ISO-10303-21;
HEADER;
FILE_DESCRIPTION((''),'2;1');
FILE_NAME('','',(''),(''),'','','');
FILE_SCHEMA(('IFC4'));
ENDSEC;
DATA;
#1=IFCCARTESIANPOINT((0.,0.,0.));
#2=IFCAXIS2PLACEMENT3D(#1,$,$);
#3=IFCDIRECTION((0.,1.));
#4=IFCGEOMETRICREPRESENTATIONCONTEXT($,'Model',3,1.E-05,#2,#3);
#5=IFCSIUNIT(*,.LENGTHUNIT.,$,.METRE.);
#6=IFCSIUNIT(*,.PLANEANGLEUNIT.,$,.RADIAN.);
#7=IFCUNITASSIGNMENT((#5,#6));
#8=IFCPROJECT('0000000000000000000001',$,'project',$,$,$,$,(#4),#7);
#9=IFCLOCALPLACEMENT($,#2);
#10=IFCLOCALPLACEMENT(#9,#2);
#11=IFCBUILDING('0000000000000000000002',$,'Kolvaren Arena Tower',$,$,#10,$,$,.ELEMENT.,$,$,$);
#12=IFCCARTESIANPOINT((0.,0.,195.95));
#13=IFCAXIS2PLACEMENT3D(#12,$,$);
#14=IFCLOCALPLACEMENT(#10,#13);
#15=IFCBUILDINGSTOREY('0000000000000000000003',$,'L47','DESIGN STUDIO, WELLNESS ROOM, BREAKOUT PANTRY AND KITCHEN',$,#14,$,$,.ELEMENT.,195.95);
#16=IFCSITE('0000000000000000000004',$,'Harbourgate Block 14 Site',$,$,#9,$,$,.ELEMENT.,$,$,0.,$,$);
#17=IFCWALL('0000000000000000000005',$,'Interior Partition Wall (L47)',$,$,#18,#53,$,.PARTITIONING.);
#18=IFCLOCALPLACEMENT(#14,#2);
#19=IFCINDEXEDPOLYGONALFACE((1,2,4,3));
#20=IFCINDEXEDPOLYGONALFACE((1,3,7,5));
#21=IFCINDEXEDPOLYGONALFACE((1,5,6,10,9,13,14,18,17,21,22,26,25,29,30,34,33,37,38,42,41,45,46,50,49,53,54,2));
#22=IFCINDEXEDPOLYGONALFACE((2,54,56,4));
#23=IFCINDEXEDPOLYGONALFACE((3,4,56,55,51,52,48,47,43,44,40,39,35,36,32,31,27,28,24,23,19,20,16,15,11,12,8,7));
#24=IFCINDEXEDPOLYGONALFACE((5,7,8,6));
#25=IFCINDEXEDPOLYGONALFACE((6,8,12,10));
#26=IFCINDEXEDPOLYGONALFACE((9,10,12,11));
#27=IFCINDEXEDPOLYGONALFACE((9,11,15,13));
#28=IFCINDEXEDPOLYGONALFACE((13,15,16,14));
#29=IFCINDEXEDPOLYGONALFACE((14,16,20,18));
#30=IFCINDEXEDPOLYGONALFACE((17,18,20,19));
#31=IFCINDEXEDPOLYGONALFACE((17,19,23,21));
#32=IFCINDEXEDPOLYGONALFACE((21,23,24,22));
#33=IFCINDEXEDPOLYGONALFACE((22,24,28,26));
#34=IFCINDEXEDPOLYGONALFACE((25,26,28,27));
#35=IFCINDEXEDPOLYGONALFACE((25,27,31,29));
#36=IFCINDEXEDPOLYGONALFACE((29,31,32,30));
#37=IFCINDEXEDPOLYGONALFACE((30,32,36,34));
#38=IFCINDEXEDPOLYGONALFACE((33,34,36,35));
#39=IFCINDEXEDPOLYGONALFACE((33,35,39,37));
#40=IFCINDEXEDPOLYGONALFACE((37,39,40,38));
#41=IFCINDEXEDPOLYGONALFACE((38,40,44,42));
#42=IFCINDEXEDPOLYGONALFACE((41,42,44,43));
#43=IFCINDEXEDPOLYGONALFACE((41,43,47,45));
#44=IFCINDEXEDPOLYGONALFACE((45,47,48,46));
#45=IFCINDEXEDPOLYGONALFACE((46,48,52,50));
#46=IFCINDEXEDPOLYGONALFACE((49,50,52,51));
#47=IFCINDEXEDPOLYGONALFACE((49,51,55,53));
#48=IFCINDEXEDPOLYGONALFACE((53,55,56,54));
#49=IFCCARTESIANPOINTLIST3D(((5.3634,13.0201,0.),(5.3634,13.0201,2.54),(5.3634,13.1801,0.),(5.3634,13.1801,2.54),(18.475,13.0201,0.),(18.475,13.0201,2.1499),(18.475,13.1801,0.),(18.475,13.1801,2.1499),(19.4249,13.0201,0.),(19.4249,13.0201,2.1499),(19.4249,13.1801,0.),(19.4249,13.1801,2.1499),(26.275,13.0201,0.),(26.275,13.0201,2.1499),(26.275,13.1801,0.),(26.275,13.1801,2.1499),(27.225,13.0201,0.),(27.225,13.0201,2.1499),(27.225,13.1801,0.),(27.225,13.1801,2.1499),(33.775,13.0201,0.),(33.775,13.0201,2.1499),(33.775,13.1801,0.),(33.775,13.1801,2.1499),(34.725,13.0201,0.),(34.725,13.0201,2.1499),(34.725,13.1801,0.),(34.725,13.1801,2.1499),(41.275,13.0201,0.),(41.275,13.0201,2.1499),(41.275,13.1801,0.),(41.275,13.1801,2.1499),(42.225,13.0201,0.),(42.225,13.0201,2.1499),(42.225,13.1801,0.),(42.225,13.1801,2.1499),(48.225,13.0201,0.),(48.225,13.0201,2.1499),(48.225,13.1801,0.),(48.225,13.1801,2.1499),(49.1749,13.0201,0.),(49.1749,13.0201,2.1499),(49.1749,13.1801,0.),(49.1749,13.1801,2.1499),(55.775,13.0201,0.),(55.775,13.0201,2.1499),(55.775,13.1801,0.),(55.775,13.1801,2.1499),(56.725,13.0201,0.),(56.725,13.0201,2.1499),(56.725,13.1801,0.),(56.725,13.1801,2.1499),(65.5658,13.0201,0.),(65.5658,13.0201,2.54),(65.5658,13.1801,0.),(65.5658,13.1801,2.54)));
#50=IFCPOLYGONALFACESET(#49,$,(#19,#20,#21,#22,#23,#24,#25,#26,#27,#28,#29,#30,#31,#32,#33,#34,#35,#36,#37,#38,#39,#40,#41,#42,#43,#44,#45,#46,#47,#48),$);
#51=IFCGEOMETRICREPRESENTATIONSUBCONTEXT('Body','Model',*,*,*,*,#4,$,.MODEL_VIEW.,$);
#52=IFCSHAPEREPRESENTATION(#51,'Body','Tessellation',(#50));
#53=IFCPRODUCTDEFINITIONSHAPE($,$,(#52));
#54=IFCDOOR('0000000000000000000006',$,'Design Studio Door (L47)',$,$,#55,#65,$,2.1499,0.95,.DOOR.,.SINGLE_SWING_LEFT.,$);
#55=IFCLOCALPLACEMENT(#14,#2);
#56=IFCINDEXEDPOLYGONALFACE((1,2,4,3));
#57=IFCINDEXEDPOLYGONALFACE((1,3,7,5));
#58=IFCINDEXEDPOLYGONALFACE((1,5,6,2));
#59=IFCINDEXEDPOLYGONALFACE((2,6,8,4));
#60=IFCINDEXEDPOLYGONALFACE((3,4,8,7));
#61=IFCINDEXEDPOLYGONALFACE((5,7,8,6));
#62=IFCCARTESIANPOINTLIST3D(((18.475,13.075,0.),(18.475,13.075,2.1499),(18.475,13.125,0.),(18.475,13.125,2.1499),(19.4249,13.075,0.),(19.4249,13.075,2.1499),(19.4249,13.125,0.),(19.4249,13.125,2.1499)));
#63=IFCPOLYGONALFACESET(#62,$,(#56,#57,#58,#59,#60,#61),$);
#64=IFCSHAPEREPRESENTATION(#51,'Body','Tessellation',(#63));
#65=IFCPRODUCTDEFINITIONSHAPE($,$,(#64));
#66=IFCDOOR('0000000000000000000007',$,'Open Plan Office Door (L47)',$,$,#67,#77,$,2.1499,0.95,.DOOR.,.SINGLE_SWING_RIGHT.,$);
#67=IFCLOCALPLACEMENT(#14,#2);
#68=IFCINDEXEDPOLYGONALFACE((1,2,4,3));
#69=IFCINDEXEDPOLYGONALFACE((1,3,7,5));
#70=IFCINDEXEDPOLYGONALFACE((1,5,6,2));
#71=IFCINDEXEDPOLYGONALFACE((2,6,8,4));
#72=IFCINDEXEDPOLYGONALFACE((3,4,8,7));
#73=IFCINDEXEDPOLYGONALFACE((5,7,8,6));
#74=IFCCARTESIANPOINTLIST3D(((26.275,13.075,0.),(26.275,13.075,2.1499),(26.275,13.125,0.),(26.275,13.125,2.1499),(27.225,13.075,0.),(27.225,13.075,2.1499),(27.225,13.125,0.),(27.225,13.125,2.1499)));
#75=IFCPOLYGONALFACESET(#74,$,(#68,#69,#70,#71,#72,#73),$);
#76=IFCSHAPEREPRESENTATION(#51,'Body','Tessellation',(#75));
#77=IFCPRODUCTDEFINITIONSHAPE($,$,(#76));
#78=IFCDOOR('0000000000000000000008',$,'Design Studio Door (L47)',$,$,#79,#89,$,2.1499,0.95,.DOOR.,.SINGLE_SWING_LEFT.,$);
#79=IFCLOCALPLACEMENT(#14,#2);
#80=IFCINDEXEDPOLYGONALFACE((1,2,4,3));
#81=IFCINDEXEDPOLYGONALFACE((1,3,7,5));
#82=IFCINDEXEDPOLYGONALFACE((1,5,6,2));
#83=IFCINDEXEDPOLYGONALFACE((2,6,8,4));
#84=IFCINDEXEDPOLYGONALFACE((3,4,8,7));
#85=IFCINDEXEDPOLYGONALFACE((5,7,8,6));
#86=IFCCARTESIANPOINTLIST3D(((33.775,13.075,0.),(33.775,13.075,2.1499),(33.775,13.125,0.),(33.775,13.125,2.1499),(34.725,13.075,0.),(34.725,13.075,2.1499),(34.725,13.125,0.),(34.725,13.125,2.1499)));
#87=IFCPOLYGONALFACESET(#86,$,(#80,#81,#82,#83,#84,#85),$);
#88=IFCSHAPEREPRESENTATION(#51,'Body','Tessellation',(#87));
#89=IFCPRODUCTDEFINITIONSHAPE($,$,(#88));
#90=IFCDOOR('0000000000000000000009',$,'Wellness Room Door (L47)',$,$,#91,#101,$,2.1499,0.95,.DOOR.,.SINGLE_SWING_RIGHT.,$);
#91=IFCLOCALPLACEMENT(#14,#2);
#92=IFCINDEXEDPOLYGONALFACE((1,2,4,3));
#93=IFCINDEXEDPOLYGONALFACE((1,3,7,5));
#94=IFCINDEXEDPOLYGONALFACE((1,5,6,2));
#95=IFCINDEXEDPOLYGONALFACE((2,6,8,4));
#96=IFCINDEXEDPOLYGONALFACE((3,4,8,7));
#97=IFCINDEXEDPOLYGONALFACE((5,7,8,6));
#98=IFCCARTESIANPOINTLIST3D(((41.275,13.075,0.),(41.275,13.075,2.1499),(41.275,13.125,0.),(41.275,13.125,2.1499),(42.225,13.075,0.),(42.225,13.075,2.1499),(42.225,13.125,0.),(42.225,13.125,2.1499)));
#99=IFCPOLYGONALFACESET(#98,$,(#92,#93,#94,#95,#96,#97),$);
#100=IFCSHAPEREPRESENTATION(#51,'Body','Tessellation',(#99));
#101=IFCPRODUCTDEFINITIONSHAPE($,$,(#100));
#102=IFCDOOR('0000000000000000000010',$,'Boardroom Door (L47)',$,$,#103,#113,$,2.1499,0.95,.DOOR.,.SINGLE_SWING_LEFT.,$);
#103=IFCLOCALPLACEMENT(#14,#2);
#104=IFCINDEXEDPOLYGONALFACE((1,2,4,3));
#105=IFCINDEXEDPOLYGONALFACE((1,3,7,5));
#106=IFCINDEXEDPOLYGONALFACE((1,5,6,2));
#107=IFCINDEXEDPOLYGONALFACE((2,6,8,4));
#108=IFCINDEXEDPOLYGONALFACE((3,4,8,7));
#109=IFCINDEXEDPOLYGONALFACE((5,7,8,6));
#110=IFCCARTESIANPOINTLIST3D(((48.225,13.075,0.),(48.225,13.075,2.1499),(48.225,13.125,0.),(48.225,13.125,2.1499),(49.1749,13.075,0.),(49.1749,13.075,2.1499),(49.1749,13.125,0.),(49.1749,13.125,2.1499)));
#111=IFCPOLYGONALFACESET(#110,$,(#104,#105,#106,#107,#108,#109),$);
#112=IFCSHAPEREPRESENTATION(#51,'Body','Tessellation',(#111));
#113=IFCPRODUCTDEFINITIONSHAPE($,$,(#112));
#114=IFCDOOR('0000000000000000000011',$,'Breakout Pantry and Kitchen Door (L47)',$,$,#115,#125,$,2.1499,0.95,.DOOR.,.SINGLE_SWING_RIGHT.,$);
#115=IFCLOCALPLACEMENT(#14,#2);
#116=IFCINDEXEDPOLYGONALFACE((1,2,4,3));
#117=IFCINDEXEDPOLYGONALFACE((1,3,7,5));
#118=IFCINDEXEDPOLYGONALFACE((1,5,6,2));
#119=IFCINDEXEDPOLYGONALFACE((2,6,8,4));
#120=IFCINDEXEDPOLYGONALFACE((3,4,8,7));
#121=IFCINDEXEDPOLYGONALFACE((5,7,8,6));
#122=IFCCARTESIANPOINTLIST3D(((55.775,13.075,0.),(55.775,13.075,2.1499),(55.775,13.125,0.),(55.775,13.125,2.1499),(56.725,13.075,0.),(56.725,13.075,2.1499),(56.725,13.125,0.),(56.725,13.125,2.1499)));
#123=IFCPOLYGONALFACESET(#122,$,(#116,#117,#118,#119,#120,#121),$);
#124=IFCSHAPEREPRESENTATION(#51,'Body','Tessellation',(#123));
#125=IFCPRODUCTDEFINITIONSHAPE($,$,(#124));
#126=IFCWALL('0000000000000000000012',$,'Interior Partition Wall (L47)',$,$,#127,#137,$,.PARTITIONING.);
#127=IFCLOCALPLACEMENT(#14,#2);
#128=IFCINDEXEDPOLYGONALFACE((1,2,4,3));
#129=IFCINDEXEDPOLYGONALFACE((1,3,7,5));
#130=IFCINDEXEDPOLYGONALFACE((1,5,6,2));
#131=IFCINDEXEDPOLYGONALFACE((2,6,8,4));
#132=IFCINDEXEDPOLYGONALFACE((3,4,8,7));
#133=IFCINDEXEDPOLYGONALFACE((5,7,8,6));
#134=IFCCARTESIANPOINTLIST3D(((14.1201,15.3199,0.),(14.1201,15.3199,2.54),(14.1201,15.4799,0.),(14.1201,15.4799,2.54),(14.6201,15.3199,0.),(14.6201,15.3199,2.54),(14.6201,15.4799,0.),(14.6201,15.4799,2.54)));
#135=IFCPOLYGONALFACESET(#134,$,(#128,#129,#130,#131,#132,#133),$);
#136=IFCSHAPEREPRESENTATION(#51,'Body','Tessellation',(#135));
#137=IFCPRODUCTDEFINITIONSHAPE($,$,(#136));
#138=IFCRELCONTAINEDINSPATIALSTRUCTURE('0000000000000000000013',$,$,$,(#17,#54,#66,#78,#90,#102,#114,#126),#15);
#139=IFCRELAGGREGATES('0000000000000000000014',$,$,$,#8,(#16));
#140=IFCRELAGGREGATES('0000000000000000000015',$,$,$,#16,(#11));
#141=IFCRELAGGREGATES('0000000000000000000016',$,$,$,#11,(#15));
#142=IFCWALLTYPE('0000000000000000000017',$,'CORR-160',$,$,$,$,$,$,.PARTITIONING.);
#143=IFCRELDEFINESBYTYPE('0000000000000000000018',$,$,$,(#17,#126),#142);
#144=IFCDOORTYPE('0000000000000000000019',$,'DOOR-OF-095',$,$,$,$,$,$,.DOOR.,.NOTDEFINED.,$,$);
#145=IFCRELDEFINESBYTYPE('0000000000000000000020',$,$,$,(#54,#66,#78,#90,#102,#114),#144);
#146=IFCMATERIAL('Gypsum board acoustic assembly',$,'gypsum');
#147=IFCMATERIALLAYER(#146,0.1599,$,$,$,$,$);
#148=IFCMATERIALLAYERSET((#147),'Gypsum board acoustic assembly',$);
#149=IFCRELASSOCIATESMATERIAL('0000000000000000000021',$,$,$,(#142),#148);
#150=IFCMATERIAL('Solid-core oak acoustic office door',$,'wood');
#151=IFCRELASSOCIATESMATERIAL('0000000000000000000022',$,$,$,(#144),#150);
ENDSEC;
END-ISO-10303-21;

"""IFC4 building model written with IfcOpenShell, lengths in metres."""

from ifc_helpers import new_model, si_unit, direction, frame, frame_2d, origin, place, context, subcontext, project, spatial, rectangle, extrude, material, layer, layer_set, type_object, element, fill, save


model = new_model("IFC4")

# Units and contexts
model_context = context("Model", 3, precision=1e-05, world=origin(), true_north=direction((0.0, 1.0)))
body_context = subcontext(model_context, "Body", "Model", "MODEL_VIEW")
ifc_project = project(units=[si_unit("LENGTHUNIT", "METRE"), si_unit("PLANEANGLEUNIT", "RADIAN")], contexts=[model_context])

# Site, building, storey
site_placement = place(None, origin())
site = spatial("IfcSite", under=ifc_project, at=site_placement, Name="Harbourgate Block 14 Site", CompositionType="ELEMENT", RefElevation=0.0)
building_placement = place(site_placement, origin())
building = spatial("IfcBuilding", under=site, at=building_placement, Name="Kolvaren Arena Tower", CompositionType="ELEMENT")
storey_placement = place(building_placement, frame((0.0, 0.0, 195.95)))
storey = spatial("IfcBuildingStorey", under=building, at=storey_placement, Name="L47", Description="DESIGN STUDIO, WELLNESS ROOM, BREAKOUT PANTRY AND KITCHEN", CompositionType="ELEMENT", Elevation=195.95)

# Wall, openings, doors
ifc_material_1 = material(Name="Gypsum board acoustic assembly", Category="gypsum")
ifc_layer_1 = layer(ifc_material_1, 0.1599)
ifc_layer_set_1 = layer_set([ifc_layer_1], Name="Gypsum board acoustic assembly")
wall_type_1 = type_object("IfcWallType", Name="CORR-160", PredefinedType="PARTITIONING", material=ifc_layer_set_1)
wall_1_placement = place(storey_placement, frame((5.3635, 13.1001, 0.0), z_axis=(0.0, 0.0, 1.0), x_axis=(1.0, 0.0, 0.0)))
wall_1 = element("IfcWall", 1, at=wall_1_placement, inside=storey, type_object=wall_type_1, Name="Interior Partition Wall (L47)", PredefinedType="PARTITIONING", context=body_context, shape_type="SweptSolid", body=[
    extrude(rectangle(XDim=60.2024, YDim=0.1599, at=frame_2d((30.1011, 0.0))), origin(), (0.0, 0.0, 1.0), 2.54),
])
opening_1_placement = place(wall_1_placement, frame((13.1113, 0.0, 0.0)))
opening_1 = element("IfcOpeningElement", 2, at=opening_1_placement, cuts=wall_1, PredefinedType="OPENING", context=body_context, shape_type="SweptSolid", body=[
    extrude(rectangle(XDim=0.95, YDim=2.1499, at=frame_2d((0.4751, 1.075))), frame((0.0, 0.0898, 0.0), z_axis=(0.0, -1.0, 0.0), x_axis=(1.0, 0.0, 0.0)), (0.0, 0.0, 1.0), 0.1799),
])
opening_2_placement = place(wall_1_placement, frame((20.9114, 0.0, 0.0)))
opening_2 = element("IfcOpeningElement", 3, at=opening_2_placement, cuts=wall_1, PredefinedType="OPENING", context=body_context, shape_type="SweptSolid", body=[
    extrude(rectangle(XDim=0.95, YDim=2.1499, at=frame_2d((0.4751, 1.075))), frame((0.0, 0.0898, 0.0), z_axis=(0.0, -1.0, 0.0), x_axis=(1.0, 0.0, 0.0)), (0.0, 0.0, 1.0), 0.1799),
])
opening_3_placement = place(wall_1_placement, frame((28.4114, 0.0, 0.0)))
opening_3 = element("IfcOpeningElement", 4, at=opening_3_placement, cuts=wall_1, PredefinedType="OPENING", context=body_context, shape_type="SweptSolid", body=[
    extrude(rectangle(XDim=0.95, YDim=2.1499, at=frame_2d((0.4751, 1.075))), frame((0.0, 0.0898, 0.0), z_axis=(0.0, -1.0, 0.0), x_axis=(1.0, 0.0, 0.0)), (0.0, 0.0, 1.0), 0.1799),
])
opening_4_placement = place(wall_1_placement, frame((35.9114, 0.0, 0.0)))
opening_4 = element("IfcOpeningElement", 5, at=opening_4_placement, cuts=wall_1, PredefinedType="OPENING", context=body_context, shape_type="SweptSolid", body=[
    extrude(rectangle(XDim=0.95, YDim=2.1499, at=frame_2d((0.4751, 1.075))), frame((0.0, 0.0898, 0.0), z_axis=(0.0, -1.0, 0.0), x_axis=(1.0, 0.0, 0.0)), (0.0, 0.0, 1.0), 0.1799),
])
opening_5_placement = place(wall_1_placement, frame((42.8613, 0.0, 0.0)))
opening_5 = element("IfcOpeningElement", 6, at=opening_5_placement, cuts=wall_1, PredefinedType="OPENING", context=body_context, shape_type="SweptSolid", body=[
    extrude(rectangle(XDim=0.95, YDim=2.1499, at=frame_2d((0.4751, 1.075))), frame((0.0, 0.0898, 0.0), z_axis=(0.0, -1.0, 0.0), x_axis=(1.0, 0.0, 0.0)), (0.0, 0.0, 1.0), 0.1799),
])
opening_6_placement = place(wall_1_placement, frame((50.4114, 0.0, 0.0)))
opening_6 = element("IfcOpeningElement", 7, at=opening_6_placement, cuts=wall_1, PredefinedType="OPENING", context=body_context, shape_type="SweptSolid", body=[
    extrude(rectangle(XDim=0.95, YDim=2.1499, at=frame_2d((0.4751, 1.075))), frame((0.0, 0.0898, 0.0), z_axis=(0.0, -1.0, 0.0), x_axis=(1.0, 0.0, 0.0)), (0.0, 0.0, 1.0), 0.1799),
])
ifc_material_2 = material(Name="Solid-core oak acoustic office door", Category="wood")
door_type = type_object("IfcDoorType", Name="DOOR-OF-095", OperationType="NOTDEFINED", PredefinedType="DOOR", material=ifc_material_2)
door_1_placement = place(opening_1_placement, origin())
door_1 = element("IfcDoor", 8, at=door_1_placement, inside=storey, type_object=door_type, Name="Design Studio Door (L47)", OperationType="SINGLE_SWING_LEFT", OverallHeight=2.1499, OverallWidth=0.95, PredefinedType="DOOR", context=body_context, shape_type="SweptSolid", body=[
    extrude(rectangle(XDim=0.95, YDim=2.1499, at=frame_2d((0.4751, 1.075))), frame((0.0, 0.0249, 0.0), z_axis=(0.0, -1.0, 0.0), x_axis=(1.0, 0.0, 0.0)), (0.0, 0.0, 1.0), 0.05),
])
fill(opening_1, door_1)
door_2_placement = place(opening_2_placement, origin())
door_2 = element("IfcDoor", 9, at=door_2_placement, inside=storey, type_object=door_type, Name="Open Plan Office Door (L47)", OperationType="SINGLE_SWING_RIGHT", OverallHeight=2.1499, OverallWidth=0.95, PredefinedType="DOOR", context=body_context, shape_type="SweptSolid", body=[
    extrude(rectangle(XDim=0.95, YDim=2.1499, at=frame_2d((0.4751, 1.075))), frame((0.0, 0.0249, 0.0), z_axis=(0.0, -1.0, 0.0), x_axis=(1.0, 0.0, 0.0)), (0.0, 0.0, 1.0), 0.05),
])
fill(opening_2, door_2)
door_3_placement = place(opening_3_placement, origin())
door_3 = element("IfcDoor", 10, at=door_3_placement, inside=storey, type_object=door_type, Name="Design Studio Door (L47)", OperationType="SINGLE_SWING_LEFT", OverallHeight=2.1499, OverallWidth=0.95, PredefinedType="DOOR", context=body_context, shape_type="SweptSolid", body=[
    extrude(rectangle(XDim=0.95, YDim=2.1499, at=frame_2d((0.4751, 1.075))), frame((0.0, 0.0249, 0.0), z_axis=(0.0, -1.0, 0.0), x_axis=(1.0, 0.0, 0.0)), (0.0, 0.0, 1.0), 0.05),
])
fill(opening_3, door_3)
door_4_placement = place(opening_4_placement, origin())
door_4 = element("IfcDoor", 11, at=door_4_placement, inside=storey, type_object=door_type, Name="Wellness Room Door (L47)", OperationType="SINGLE_SWING_RIGHT", OverallHeight=2.1499, OverallWidth=0.95, PredefinedType="DOOR", context=body_context, shape_type="SweptSolid", body=[
    extrude(rectangle(XDim=0.95, YDim=2.1499, at=frame_2d((0.4751, 1.075))), frame((0.0, 0.0249, 0.0), z_axis=(0.0, -1.0, 0.0), x_axis=(1.0, 0.0, 0.0)), (0.0, 0.0, 1.0), 0.05),
])
fill(opening_4, door_4)
door_5_placement = place(opening_5_placement, origin())
door_5 = element("IfcDoor", 12, at=door_5_placement, inside=storey, type_object=door_type, Name="Boardroom Door (L47)", OperationType="SINGLE_SWING_LEFT", OverallHeight=2.1499, OverallWidth=0.95, PredefinedType="DOOR", context=body_context, shape_type="SweptSolid", body=[
    extrude(rectangle(XDim=0.95, YDim=2.1499, at=frame_2d((0.4751, 1.075))), frame((0.0, 0.0249, 0.0), z_axis=(0.0, -1.0, 0.0), x_axis=(1.0, 0.0, 0.0)), (0.0, 0.0, 1.0), 0.05),
])
fill(opening_5, door_5)
door_6_placement = place(opening_6_placement, origin())
door_6 = element("IfcDoor", 13, at=door_6_placement, inside=storey, type_object=door_type, Name="Breakout Pantry and Kitchen Door (L47)", OperationType="SINGLE_SWING_RIGHT", OverallHeight=2.1499, OverallWidth=0.95, PredefinedType="DOOR", context=body_context, shape_type="SweptSolid", body=[
    extrude(rectangle(XDim=0.95, YDim=2.1499, at=frame_2d((0.4751, 1.075))), frame((0.0, 0.0249, 0.0), z_axis=(0.0, -1.0, 0.0), x_axis=(1.0, 0.0, 0.0)), (0.0, 0.0, 1.0), 0.05),
])
fill(opening_6, door_6)

# Wall
wall_2_placement = place(storey_placement, frame((14.1201, 15.3999, 0.0), z_axis=(0.0, 0.0, 1.0), x_axis=(1.0, 0.0, 0.0)))
element("IfcWall", 14, at=wall_2_placement, inside=storey, type_object=wall_type_1, Name="Interior Partition Wall (L47)", PredefinedType="PARTITIONING", context=body_context, shape_type="SweptSolid", body=[
    extrude(rectangle(XDim=0.5, YDim=0.1599, at=frame_2d((0.25, 0.0))), origin(), (0.0, 0.0, 1.0), 2.54),
])

save(model, "model.ifc")
